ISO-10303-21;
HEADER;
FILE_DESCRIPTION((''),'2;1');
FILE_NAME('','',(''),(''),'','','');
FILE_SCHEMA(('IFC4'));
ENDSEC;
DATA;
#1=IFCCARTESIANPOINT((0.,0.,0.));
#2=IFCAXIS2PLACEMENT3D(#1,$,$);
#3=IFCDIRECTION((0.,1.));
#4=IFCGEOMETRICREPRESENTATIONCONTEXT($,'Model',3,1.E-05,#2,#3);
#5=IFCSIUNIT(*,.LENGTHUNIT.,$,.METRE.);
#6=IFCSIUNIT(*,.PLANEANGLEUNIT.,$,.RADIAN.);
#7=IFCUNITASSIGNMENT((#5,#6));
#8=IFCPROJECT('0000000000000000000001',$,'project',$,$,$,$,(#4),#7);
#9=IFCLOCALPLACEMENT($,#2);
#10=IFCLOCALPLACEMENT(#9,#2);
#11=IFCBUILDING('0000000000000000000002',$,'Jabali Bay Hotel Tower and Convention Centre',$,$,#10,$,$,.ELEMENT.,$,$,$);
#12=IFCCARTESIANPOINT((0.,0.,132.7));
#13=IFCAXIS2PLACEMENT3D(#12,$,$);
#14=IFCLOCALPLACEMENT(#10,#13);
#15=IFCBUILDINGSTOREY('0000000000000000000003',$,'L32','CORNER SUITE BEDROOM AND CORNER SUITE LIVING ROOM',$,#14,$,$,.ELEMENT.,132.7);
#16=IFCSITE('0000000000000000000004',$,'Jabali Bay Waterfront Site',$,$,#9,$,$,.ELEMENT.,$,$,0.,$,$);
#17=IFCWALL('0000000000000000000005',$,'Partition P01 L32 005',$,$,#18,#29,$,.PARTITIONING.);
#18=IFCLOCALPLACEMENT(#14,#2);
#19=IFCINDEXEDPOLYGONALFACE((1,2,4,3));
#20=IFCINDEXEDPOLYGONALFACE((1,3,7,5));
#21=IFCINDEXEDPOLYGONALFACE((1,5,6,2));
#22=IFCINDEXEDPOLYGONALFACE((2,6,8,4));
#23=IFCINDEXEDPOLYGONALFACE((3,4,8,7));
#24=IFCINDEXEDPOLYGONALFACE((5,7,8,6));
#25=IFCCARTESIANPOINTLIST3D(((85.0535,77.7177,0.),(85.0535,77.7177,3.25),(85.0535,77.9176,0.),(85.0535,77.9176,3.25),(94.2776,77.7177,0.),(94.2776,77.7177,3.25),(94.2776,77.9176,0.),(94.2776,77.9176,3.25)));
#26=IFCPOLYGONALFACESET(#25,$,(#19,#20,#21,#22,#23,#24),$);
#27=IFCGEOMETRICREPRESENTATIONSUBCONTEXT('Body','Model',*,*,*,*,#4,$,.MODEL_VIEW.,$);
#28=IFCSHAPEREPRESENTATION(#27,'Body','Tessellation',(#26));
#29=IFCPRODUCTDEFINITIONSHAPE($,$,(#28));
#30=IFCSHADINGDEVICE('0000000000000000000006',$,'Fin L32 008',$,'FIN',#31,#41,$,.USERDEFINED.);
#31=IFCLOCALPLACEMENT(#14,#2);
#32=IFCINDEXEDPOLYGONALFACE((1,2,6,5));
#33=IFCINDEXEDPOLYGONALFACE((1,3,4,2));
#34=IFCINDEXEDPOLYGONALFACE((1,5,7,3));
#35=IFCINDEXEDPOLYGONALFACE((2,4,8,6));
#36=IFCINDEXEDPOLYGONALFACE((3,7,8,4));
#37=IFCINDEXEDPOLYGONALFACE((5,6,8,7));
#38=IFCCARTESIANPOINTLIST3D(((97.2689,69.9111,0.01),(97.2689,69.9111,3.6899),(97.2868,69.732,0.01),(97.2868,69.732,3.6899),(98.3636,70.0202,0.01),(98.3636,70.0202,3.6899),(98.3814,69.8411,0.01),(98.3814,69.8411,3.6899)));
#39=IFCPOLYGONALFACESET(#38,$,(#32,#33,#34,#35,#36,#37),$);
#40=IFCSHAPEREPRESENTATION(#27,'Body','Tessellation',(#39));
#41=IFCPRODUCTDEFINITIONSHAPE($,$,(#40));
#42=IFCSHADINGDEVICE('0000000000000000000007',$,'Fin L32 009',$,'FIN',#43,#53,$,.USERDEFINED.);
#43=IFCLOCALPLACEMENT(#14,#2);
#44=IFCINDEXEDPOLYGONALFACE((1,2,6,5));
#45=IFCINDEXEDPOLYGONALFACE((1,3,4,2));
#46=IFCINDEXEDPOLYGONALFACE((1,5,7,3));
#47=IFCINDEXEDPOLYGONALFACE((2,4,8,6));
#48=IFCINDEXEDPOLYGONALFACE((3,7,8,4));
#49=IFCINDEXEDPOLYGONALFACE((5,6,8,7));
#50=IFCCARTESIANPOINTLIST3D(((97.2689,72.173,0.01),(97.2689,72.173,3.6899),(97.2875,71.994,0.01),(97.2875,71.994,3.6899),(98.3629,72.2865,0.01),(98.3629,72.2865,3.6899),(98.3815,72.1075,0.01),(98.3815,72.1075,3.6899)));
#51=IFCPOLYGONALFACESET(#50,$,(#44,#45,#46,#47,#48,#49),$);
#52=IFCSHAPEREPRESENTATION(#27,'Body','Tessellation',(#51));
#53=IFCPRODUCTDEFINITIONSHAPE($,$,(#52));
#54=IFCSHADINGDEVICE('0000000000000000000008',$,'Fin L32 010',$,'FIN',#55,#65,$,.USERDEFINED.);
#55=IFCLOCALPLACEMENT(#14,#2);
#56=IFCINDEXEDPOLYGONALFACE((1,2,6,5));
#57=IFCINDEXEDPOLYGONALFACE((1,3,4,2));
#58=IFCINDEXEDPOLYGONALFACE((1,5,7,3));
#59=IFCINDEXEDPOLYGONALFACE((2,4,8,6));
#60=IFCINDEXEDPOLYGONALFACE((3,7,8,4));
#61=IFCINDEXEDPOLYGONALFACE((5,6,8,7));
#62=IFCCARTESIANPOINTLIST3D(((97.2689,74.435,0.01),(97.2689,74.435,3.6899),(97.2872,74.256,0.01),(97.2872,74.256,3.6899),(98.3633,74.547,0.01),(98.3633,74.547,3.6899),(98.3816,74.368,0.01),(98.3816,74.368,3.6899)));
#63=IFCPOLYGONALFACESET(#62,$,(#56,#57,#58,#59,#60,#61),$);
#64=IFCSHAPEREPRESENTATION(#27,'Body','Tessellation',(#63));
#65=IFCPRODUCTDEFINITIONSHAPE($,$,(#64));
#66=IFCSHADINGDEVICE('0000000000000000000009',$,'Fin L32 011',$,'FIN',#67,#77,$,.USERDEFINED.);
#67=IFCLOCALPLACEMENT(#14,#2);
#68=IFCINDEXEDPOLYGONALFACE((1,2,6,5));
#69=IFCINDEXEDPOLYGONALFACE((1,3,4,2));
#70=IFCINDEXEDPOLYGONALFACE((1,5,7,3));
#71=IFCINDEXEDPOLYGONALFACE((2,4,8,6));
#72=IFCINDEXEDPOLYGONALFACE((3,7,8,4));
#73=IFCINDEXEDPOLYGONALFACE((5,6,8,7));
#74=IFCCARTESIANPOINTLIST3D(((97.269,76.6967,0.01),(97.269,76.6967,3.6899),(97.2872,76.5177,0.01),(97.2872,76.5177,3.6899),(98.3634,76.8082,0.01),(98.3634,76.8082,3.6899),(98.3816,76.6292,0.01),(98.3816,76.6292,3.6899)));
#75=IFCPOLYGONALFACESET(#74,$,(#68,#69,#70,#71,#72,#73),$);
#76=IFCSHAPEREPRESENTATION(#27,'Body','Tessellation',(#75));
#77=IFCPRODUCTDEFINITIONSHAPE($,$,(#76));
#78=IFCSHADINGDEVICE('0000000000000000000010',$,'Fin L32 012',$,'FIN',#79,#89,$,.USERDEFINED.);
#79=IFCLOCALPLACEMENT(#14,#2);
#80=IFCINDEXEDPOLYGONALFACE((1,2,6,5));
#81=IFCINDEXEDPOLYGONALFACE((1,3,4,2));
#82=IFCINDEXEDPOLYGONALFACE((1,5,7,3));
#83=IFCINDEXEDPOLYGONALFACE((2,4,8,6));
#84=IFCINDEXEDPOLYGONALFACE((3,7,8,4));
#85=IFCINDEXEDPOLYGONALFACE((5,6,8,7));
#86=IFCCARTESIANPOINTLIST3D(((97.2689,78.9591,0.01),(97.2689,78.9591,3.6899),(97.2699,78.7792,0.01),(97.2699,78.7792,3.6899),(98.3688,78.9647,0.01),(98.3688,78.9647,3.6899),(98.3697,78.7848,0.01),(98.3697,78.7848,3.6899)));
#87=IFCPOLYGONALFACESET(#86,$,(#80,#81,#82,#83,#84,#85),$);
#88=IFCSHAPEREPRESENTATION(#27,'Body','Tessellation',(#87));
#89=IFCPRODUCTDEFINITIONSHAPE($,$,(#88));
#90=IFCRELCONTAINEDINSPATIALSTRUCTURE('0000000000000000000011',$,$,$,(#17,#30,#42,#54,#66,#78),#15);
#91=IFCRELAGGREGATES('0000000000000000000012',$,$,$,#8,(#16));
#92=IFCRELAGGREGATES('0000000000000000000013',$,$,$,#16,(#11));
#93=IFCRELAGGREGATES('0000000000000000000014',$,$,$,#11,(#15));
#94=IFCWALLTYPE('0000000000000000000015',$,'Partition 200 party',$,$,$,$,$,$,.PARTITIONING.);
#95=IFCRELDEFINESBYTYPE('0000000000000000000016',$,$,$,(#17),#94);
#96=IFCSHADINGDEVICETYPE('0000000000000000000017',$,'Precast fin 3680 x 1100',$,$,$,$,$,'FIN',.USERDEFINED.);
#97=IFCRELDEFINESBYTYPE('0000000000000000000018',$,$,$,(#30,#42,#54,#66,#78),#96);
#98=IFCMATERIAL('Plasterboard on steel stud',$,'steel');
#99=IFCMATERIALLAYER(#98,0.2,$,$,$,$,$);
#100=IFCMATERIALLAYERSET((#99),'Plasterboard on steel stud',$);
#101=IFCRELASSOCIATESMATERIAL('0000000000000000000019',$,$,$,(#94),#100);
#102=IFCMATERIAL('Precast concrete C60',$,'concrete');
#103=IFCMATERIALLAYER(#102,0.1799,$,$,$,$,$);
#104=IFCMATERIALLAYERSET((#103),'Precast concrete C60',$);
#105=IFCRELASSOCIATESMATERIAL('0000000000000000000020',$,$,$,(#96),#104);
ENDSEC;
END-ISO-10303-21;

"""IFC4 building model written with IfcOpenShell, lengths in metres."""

from ifc_helpers import new_model, si_unit, direction, frame, frame_2d, origin, place, context, subcontext, project, spatial, rectangle, extrude, material, layer, layer_set, type_object, element, save


model = new_model("IFC4")

# Units and contexts
model_context = context("Model", 3, precision=1e-05, world=origin(), true_north=direction((0.0, 1.0)))
body_context = subcontext(model_context, "Body", "Model", "MODEL_VIEW")
ifc_project = project(units=[si_unit("LENGTHUNIT", "METRE"), si_unit("PLANEANGLEUNIT", "RADIAN")], contexts=[model_context])

# Site, building, storey
site_placement = place(None, origin())
site = spatial("IfcSite", under=ifc_project, at=site_placement, Name="Jabali Bay Waterfront Site", CompositionType="ELEMENT", RefElevation=0.0)
building_placement = place(site_placement, origin())
building = spatial("IfcBuilding", under=site, at=building_placement, Name="Jabali Bay Hotel Tower and Convention Centre", CompositionType="ELEMENT")
storey_placement = place(building_placement, frame((0.0, 0.0, 132.7)))
storey = spatial("IfcBuildingStorey", under=building, at=storey_placement, Name="L32", Description="CORNER SUITE BEDROOM AND CORNER SUITE LIVING ROOM", CompositionType="ELEMENT", Elevation=132.7)

# Shared definitions
ifc_material_1 = material(Name="Plasterboard on steel stud", Category="steel")

# Shared definitions
ifc_layer_1 = layer(ifc_material_1, 0.2)
ifc_layer_set_1 = layer_set([ifc_layer_1], Name="Plasterboard on steel stud")
wall_type_1 = type_object("IfcWallType", Name="Partition 200 party", PredefinedType="PARTITIONING", material=ifc_layer_set_1)

# Wall
wall_1_placement = place(storey_placement, frame((94.2776, 77.8176, 0.0), z_axis=(0.0, 0.0, 1.0), x_axis=(-1.0, 0.0, 0.0)))
element("IfcWall", 1, at=wall_1_placement, inside=storey, type_object=wall_type_1, Name="Partition P01 L32 005", PredefinedType="PARTITIONING", context=body_context, shape_type="SweptSolid", body=[
    extrude(rectangle(XDim=9.2241, YDim=0.2, at=frame_2d((4.6121, 0.0))), origin(), (0.0, 0.0, 1.0), 3.25),
])

# Shading devices
ifc_material_2 = material(Name="Precast concrete C60", Category="concrete")
ifc_layer_2 = layer(ifc_material_2, 0.1799)
ifc_layer_set_2 = layer_set([ifc_layer_2], Name="Precast concrete C60")
shading_device_type = type_object("IfcShadingDeviceType", Name="Precast fin 3680 x 1100", ElementType="FIN", PredefinedType="USERDEFINED", material=ifc_layer_set_2)
shading_device_1_placement = place(storey_placement, frame((97.2778, 69.8215, 0.01), z_axis=(0.0, 0.0, 1.0), x_axis=(0.995068, 0.099196, 0.0)))
element("IfcShadingDevice", 2, at=shading_device_1_placement, inside=storey, type_object=shading_device_type, Name="Fin L32 008", ObjectType="FIN", PredefinedType="USERDEFINED", context=body_context, shape_type="SweptSolid", body=[
    extrude(rectangle(XDim=1.1001, YDim=0.1799, at=frame_2d((0.55, 0.0))), origin(), (0.0, 0.0, 1.0), 3.6799),
])
shading_device_2_placement = place(storey_placement, frame((97.2783, 72.0835, 0.01), z_axis=(0.0, 0.0, 1.0), x_axis=(0.994659, 0.103217, 0.0)))
element("IfcShadingDevice", 3, at=shading_device_2_placement, inside=storey, type_object=shading_device_type, Name="Fin L32 009", ObjectType="FIN", PredefinedType="USERDEFINED", context=body_context, shape_type="SweptSolid", body=[
    extrude(rectangle(XDim=1.0999, YDim=0.1799, at=frame_2d((0.5498, 0.0))), origin(), (0.0, 0.0, 1.0), 3.6799),
])
for number, where, z_axis, x_axis, name in (
    (4, (97.2781, 74.3455, 0.01), (0.0, 0.0, 1.0), (0.994799, 0.101854, 0.0), "Fin L32 010"),
    (5, (97.2781, 76.6072, 0.01), (0.0, 0.0, 1.0), (0.994844, 0.101415, 0.0), "Fin L32 011"),
):
    element("IfcShadingDevice", number, at=place(storey_placement, frame(where, z_axis=z_axis, x_axis=x_axis)), inside=storey, type_object=shading_device_type, Name=name, ObjectType="FIN", PredefinedType="USERDEFINED", context=body_context, shape_type="SweptSolid", body=[
        extrude(rectangle(XDim=1.1001, YDim=0.1799, at=frame_2d((0.55, 0.0))), origin(), (0.0, 0.0, 1.0), 3.6799),
    ])
shading_device_3_placement = place(storey_placement, frame((97.2695, 78.8691, 0.01), z_axis=(0.0, 0.0, 1.0), x_axis=(0.999987, 0.005105, 0.0)))
element("IfcShadingDevice", 6, at=shading_device_3_placement, inside=storey, type_object=shading_device_type, Name="Fin L32 012", ObjectType="FIN", PredefinedType="USERDEFINED", context=body_context, shape_type="SweptSolid", body=[
    extrude(rectangle(XDim=1.0999, YDim=0.1799, at=frame_2d((0.5498, 0.0))), origin(), (0.0, 0.0, 1.0), 3.6799),
])

save(model, "model.ifc")
